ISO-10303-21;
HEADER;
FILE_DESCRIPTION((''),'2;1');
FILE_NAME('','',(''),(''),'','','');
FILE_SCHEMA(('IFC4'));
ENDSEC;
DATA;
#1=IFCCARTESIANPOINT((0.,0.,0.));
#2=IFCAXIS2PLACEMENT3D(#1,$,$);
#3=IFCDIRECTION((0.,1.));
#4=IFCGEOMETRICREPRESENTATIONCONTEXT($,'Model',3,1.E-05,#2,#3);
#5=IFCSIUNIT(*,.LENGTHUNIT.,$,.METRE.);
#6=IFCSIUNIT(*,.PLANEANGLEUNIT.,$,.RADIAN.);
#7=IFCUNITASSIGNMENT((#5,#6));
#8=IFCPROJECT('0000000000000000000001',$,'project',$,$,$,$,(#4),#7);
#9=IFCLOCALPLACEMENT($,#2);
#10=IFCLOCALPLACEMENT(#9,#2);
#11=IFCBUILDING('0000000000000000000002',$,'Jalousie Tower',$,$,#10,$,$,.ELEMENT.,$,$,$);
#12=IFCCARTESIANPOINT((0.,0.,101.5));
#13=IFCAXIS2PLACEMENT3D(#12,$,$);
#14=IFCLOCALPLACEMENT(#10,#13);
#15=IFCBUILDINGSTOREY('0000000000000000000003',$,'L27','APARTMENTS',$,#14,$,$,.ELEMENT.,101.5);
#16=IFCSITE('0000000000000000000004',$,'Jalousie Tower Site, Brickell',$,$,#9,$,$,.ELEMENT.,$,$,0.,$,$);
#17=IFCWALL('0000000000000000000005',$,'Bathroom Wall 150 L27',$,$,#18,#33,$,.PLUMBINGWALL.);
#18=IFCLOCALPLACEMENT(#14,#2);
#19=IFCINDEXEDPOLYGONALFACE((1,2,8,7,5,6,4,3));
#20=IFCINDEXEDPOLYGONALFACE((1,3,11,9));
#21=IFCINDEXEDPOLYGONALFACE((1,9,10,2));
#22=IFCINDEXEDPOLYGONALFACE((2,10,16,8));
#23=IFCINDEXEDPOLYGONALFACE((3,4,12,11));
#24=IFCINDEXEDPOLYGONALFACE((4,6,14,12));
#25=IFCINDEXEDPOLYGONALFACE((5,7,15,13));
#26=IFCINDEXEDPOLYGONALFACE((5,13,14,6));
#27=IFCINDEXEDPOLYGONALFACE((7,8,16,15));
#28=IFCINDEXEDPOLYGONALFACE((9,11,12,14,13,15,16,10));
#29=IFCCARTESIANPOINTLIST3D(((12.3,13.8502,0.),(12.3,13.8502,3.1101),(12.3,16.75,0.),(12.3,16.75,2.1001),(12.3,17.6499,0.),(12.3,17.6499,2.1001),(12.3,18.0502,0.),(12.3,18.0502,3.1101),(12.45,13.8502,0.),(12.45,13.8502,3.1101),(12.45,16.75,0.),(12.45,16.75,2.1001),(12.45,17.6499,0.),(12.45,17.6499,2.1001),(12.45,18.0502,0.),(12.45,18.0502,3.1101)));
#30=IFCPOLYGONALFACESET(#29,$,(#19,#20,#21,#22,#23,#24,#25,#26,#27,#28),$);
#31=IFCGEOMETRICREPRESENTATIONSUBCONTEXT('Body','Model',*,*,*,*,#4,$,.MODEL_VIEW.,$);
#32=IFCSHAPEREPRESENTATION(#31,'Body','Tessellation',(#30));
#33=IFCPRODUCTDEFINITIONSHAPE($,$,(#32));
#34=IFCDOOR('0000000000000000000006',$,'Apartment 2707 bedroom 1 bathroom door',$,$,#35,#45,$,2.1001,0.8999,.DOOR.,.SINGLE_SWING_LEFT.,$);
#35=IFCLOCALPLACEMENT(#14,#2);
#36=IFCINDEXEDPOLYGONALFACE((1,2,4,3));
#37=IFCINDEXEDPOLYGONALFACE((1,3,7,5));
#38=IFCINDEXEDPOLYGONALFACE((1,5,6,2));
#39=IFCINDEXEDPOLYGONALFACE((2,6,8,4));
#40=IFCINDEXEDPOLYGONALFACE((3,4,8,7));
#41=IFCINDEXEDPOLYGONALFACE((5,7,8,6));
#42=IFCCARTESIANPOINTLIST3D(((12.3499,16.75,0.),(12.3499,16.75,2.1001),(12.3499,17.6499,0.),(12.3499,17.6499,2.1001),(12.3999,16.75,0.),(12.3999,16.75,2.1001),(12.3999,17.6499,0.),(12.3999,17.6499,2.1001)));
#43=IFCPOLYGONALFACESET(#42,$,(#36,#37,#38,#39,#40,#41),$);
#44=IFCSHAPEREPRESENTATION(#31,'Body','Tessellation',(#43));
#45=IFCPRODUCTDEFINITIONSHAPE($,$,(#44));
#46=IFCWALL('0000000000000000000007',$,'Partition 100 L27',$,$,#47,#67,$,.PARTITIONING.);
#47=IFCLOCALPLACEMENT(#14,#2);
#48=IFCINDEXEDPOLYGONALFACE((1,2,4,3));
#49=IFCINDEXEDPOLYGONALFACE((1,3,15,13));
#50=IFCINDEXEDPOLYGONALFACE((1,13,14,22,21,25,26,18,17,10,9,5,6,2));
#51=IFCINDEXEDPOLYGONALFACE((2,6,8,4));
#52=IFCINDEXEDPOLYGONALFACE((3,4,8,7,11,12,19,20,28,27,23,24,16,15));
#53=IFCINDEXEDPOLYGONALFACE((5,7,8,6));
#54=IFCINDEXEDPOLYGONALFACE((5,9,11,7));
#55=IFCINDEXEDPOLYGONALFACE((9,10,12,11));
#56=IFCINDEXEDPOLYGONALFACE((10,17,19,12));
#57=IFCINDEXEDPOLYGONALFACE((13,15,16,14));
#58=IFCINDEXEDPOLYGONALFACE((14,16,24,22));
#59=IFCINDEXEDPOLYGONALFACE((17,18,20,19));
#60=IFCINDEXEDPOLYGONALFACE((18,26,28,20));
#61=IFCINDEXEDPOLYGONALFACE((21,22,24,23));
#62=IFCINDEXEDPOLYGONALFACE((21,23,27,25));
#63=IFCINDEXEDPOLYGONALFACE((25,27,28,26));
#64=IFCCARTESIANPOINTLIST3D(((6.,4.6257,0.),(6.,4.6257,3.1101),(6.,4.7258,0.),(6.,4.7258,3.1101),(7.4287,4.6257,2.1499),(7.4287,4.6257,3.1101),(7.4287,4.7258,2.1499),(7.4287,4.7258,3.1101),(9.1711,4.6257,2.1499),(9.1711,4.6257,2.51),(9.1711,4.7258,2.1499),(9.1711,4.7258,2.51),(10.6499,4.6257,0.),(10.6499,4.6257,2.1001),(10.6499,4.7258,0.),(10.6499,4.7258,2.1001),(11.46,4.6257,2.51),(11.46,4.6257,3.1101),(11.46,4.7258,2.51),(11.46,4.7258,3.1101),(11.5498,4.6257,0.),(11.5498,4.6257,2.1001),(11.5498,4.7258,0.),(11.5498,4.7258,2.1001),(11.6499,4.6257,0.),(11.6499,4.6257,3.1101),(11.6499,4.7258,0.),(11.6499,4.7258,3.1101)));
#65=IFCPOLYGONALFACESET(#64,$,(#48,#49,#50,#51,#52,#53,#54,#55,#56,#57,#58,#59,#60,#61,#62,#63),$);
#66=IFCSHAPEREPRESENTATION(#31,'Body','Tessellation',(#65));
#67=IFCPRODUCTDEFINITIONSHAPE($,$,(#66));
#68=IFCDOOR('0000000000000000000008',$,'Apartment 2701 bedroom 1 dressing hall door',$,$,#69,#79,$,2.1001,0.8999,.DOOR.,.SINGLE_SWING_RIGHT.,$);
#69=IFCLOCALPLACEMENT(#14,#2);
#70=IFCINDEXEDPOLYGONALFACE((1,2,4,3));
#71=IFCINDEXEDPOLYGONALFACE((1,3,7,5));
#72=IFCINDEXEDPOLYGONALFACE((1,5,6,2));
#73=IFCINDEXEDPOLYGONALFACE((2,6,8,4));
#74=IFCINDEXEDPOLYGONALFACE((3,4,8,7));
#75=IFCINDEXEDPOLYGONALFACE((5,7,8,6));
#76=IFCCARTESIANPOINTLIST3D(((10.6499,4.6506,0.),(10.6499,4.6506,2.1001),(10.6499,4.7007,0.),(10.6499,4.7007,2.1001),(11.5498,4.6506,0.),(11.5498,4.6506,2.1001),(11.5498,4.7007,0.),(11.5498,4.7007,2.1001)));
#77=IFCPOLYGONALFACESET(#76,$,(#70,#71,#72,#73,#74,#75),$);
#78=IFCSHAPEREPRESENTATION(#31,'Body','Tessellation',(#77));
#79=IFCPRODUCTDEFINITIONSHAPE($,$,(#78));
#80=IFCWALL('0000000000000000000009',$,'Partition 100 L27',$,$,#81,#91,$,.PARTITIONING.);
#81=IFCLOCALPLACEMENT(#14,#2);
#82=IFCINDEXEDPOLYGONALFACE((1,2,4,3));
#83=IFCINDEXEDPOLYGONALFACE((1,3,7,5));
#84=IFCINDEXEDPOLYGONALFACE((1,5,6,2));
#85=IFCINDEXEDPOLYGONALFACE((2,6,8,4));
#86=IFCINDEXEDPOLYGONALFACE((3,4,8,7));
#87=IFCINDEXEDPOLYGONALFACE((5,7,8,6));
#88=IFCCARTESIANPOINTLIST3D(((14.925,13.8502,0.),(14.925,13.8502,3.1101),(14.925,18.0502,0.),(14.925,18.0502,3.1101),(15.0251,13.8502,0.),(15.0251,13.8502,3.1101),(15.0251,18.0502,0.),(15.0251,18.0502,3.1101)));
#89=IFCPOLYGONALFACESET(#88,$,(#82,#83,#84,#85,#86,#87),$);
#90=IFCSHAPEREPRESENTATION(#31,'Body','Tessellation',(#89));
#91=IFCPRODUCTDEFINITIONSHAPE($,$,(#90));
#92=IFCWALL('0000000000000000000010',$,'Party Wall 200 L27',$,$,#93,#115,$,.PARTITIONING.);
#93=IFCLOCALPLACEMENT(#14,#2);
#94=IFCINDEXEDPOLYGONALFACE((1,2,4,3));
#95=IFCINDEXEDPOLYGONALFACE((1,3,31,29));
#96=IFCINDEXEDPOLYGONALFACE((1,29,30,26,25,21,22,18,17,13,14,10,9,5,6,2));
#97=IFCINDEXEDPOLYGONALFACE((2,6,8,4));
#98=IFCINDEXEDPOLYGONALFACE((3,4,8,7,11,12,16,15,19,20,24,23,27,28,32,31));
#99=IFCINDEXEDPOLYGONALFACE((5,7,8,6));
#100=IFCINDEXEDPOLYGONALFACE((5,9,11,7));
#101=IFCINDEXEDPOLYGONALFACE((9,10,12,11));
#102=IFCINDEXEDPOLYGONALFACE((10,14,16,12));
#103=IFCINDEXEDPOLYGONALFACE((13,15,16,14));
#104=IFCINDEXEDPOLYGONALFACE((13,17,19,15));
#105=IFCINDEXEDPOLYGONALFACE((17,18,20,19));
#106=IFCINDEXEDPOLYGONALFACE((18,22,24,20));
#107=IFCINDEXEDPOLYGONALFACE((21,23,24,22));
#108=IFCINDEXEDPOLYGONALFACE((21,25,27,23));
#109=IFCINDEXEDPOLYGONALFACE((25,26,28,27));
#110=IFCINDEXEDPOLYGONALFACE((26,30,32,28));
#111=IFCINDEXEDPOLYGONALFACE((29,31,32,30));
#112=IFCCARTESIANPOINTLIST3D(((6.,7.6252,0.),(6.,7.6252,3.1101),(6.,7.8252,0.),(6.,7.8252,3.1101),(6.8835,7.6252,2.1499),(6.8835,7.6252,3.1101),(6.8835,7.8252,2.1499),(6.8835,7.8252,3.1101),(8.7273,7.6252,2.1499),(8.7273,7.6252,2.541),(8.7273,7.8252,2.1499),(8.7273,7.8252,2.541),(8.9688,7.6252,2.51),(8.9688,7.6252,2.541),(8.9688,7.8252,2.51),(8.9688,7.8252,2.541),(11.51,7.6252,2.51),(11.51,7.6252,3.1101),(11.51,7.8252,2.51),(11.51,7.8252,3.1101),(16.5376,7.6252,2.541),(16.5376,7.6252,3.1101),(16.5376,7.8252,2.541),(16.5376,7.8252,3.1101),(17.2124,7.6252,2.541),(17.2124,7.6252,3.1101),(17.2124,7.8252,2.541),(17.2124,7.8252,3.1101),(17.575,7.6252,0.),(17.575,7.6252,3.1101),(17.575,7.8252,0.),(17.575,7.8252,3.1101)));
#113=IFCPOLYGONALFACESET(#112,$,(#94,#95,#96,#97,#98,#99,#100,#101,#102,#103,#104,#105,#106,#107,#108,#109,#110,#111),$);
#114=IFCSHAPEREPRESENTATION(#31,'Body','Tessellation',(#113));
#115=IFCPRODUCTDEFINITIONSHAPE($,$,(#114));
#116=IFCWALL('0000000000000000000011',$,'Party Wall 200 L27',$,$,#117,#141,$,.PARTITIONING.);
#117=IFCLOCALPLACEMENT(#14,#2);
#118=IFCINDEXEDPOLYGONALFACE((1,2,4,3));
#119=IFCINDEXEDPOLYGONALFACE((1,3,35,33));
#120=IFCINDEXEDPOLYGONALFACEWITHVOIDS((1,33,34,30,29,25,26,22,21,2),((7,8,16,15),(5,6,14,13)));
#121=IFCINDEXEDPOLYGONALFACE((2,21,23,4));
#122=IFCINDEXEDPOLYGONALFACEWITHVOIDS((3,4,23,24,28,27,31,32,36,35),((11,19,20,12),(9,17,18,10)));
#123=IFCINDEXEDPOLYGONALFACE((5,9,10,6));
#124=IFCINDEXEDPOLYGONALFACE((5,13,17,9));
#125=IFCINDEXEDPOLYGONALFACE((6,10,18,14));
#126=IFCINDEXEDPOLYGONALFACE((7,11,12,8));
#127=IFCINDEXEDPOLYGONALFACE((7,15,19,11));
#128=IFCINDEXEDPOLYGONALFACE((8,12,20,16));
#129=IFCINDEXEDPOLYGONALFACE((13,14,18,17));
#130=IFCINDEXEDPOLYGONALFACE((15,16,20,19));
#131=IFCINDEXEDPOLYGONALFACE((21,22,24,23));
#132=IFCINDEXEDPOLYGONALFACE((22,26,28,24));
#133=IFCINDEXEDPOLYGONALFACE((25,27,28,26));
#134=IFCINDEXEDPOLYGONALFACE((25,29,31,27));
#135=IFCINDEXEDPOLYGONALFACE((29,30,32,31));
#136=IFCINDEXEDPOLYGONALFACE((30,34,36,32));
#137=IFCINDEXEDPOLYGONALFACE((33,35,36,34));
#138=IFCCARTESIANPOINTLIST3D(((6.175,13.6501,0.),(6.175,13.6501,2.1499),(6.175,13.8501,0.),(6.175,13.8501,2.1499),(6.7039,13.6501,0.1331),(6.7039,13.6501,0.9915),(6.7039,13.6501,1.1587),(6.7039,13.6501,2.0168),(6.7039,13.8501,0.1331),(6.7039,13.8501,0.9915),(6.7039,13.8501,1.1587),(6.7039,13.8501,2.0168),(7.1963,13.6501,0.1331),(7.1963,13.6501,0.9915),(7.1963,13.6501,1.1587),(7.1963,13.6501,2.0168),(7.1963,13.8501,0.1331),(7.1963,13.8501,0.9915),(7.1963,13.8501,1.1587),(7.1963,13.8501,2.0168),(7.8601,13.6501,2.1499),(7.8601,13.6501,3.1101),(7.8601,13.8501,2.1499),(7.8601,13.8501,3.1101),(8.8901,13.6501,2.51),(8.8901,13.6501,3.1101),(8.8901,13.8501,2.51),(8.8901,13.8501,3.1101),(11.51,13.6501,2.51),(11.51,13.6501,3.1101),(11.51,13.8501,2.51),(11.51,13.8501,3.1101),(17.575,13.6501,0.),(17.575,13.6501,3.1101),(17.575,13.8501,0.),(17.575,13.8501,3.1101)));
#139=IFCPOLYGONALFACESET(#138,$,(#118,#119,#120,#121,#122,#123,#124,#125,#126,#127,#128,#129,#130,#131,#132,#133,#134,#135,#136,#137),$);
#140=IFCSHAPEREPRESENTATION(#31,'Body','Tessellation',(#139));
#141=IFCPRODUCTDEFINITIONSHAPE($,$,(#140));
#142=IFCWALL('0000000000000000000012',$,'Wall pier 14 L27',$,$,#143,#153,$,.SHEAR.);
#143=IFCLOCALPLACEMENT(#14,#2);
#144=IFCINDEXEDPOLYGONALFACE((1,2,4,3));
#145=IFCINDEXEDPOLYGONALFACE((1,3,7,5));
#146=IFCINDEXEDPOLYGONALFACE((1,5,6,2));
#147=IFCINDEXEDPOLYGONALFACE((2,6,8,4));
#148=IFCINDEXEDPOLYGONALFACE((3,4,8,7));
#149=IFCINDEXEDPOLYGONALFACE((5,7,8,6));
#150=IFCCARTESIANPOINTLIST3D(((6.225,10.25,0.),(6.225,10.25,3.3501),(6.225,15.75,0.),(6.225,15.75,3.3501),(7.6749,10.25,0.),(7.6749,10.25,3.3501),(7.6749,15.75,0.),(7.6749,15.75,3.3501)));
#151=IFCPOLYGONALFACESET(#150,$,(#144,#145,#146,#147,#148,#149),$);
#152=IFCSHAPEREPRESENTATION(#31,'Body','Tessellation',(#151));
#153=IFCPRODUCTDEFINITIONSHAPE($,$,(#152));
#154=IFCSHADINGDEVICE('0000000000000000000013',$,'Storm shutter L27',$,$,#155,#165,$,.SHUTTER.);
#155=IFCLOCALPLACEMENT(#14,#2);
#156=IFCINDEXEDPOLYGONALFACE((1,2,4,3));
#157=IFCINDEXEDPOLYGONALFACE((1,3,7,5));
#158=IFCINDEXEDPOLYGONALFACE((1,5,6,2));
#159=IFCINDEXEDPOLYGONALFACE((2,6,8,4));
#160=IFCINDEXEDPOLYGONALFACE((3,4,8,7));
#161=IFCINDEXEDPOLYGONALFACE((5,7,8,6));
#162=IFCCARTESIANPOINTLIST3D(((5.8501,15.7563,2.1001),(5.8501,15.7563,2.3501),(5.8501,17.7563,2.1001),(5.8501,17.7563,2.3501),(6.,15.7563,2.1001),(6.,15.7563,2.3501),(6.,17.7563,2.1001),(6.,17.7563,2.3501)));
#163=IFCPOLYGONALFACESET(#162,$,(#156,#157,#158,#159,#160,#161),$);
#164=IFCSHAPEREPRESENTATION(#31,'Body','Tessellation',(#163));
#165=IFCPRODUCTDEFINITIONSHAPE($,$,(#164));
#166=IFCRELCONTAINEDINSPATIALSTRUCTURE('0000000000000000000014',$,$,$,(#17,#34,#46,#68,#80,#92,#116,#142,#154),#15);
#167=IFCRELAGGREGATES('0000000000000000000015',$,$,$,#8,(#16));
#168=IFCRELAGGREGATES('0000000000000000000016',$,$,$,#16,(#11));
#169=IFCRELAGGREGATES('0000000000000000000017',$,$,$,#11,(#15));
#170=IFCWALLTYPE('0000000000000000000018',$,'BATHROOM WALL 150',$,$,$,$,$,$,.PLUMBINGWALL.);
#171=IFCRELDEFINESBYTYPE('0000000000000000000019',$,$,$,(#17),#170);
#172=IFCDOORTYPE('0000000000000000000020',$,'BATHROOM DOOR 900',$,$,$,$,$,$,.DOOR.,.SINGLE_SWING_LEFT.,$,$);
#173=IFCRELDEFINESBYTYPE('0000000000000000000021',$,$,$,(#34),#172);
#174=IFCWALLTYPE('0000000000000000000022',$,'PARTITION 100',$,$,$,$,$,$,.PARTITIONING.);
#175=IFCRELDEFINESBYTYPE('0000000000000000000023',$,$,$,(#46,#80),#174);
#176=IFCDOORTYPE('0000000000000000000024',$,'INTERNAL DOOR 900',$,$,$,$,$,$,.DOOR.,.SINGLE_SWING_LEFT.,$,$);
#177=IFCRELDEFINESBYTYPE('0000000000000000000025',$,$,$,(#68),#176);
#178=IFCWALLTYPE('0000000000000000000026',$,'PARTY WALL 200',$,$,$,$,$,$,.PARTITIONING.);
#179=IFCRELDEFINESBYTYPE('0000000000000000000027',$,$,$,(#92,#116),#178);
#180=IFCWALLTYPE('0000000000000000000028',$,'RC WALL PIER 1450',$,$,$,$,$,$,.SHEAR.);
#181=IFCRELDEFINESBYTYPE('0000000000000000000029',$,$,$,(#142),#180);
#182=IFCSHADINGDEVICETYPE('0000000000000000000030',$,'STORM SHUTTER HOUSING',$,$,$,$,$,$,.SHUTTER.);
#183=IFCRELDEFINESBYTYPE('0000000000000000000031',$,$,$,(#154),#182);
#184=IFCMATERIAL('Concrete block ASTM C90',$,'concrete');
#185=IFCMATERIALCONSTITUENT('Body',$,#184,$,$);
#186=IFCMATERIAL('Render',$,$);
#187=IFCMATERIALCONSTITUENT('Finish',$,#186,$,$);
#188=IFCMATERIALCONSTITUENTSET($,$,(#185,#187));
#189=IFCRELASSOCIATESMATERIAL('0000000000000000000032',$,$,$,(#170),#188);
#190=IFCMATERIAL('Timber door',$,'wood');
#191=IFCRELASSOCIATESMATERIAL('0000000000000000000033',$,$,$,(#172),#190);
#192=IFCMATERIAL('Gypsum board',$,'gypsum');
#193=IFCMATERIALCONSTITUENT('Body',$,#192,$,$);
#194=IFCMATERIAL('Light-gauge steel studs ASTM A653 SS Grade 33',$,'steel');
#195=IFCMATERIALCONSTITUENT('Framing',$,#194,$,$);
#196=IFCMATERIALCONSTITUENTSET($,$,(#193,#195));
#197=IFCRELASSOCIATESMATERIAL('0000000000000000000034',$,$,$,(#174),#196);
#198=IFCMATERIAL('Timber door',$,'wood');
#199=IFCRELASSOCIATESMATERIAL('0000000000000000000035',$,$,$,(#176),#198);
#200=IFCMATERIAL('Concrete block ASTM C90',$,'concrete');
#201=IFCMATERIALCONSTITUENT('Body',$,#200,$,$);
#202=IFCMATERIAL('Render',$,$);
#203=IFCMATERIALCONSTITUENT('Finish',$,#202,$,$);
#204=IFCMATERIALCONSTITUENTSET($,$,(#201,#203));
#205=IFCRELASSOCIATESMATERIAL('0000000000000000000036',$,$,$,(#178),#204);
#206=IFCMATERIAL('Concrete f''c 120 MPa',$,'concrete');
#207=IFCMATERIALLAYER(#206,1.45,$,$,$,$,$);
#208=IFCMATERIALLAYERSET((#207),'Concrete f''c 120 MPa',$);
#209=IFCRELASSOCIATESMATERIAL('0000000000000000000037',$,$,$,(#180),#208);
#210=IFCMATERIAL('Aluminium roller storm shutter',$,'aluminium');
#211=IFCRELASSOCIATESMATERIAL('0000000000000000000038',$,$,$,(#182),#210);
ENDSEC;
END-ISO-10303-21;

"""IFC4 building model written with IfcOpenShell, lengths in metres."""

from ifc_helpers import new_model, si_unit, direction, frame, frame_2d, origin, origin_2d, place, context, subcontext, project, spatial, polyline, rectangle, outline, extrude, material, layer, layer_set, constituent, constituent_set, type_object, element, fill, save


model = new_model("IFC4")

# Units and contexts
model_context = context("Model", 3, precision=1e-05, world=origin(), true_north=direction((0.0, 1.0)))
body_context = subcontext(model_context, "Body", "Model", "MODEL_VIEW")
ifc_project = project(units=[si_unit("LENGTHUNIT", "METRE"), si_unit("PLANEANGLEUNIT", "RADIAN")], contexts=[model_context])

# Site, building, storey
site_placement = place(None, origin())
site = spatial("IfcSite", under=ifc_project, at=site_placement, Name="Jalousie Tower Site, Brickell", CompositionType="ELEMENT", RefElevation=0.0)
building_placement = place(site_placement, origin())
building = spatial("IfcBuilding", under=site, at=building_placement, Name="Jalousie Tower", CompositionType="ELEMENT")
storey_placement = place(building_placement, frame((0.0, 0.0, 101.5)))
storey = spatial("IfcBuildingStorey", under=building, at=storey_placement, Name="L27", Description="APARTMENTS", CompositionType="ELEMENT", Elevation=101.5)

# Walls, openings, doors
ifc_material_1 = material(Name="Concrete block ASTM C90", Category="concrete")
ifc_constituent_1 = constituent(ifc_material_1, Name="Body")
ifc_material_2 = material(Name="Render")
ifc_constituent_2 = constituent(ifc_material_2, Name="Finish")
ifc_constituent_set_1 = constituent_set(constituents=[ifc_constituent_1, ifc_constituent_2])
wall_type_1 = type_object("IfcWallType", Name="BATHROOM WALL 150", PredefinedType="PLUMBINGWALL", material=ifc_constituent_set_1)
ifc_material_3 = material(Name="Timber door", Category="wood")
door_type_1 = type_object("IfcDoorType", Name="BATHROOM DOOR 900", OperationType="SINGLE_SWING_LEFT", PredefinedType="DOOR", material=ifc_material_3)
wall_1_placement = place(storey_placement, frame((12.375, 13.8501, 0.0), z_axis=(0.0, 0.0, 1.0), x_axis=(0.0, 1.0, 0.0)))
wall_1 = element("IfcWall", 1, at=wall_1_placement, inside=storey, type_object=wall_type_1, Name="Bathroom Wall 150 L27", PredefinedType="PLUMBINGWALL", context=body_context, shape_type="SweptSolid", body=[
    extrude(rectangle(XDim=4.2, YDim=0.1499, at=frame_2d((2.1001, 0.0))), origin(), (0.0, 0.0, 1.0), 3.1101),
])
opening_1_placement = place(wall_1_placement, frame((2.8999, 0.0, 0.0)))
opening_1 = element("IfcOpeningElement", 2, at=opening_1_placement, cuts=wall_1, PredefinedType="OPENING", context=body_context, shape_type="SweptSolid", body=[
    extrude(rectangle(XDim=0.8999, YDim=2.1001, at=frame_2d((0.45, 1.05))), frame((0.0, 0.085, 0.0), z_axis=(0.0, -1.0, 0.0), x_axis=(1.0, 0.0, 0.0)), (0.0, 0.0, 1.0), 0.1699),
])
door_1_placement = place(opening_1_placement, frame((0.8999, 0.0, 0.0), z_axis=(0.0, 0.0, 1.0), x_axis=(-1.0, 0.0, 0.0)))
door_1 = element("IfcDoor", 3, at=door_1_placement, inside=storey, type_object=door_type_1, Name="Apartment 2707 bedroom 1 bathroom door", OperationType="SINGLE_SWING_LEFT", OverallHeight=2.1001, OverallWidth=0.8999, PredefinedType="DOOR", context=body_context, shape_type="SweptSolid", body=[
    extrude(rectangle(XDim=0.8999, YDim=2.1001, at=frame_2d((0.45, 1.05))), frame((0.0, 0.0249, 0.0), z_axis=(0.0, -1.0, 0.0), x_axis=(1.0, 0.0, 0.0)), (0.0, 0.0, 1.0), 0.05),
])
fill(opening_1, door_1)
ifc_material_4 = material(Name="Gypsum board", Category="gypsum")
ifc_constituent_3 = constituent(ifc_material_4, Name="Body")
ifc_material_5 = material(Name="Light-gauge steel studs ASTM A653 SS Grade 33", Category="steel")
ifc_constituent_4 = constituent(ifc_material_5, Name="Framing")
ifc_constituent_set_2 = constituent_set(constituents=[ifc_constituent_3, ifc_constituent_4])
wall_type_2 = type_object("IfcWallType", Name="PARTITION 100", PredefinedType="PARTITIONING", material=ifc_constituent_set_2)
wall_2_placement = place(storey_placement, frame((6.0, 4.6758, 0.0), z_axis=(0.0, 0.0, 1.0), x_axis=(1.0, 0.0, 0.0)))
wall_2 = element("IfcWall", 4, at=wall_2_placement, inside=storey, type_object=wall_type_2, Name="Partition 100 L27", PredefinedType="PARTITIONING", context=body_context, shape_type="SweptSolid", body=[
    extrude(outline(polyline([(0.0, 0.0), (5.6499, 0.0), (5.6499, 3.1101), (5.46, 3.1101), (5.46, 2.51), (3.1711, 2.51), (3.1711, 2.1499), (1.4287, 2.1499), (1.4287, 3.1101), (0.0, 3.1101), (0.0, 0.0)])), frame((0.0, 0.05, 0.0), z_axis=(0.0, -1.0, 0.0), x_axis=(1.0, 0.0, 0.0)), (0.0, 0.0, 1.0), 0.1001),
])
opening_2_placement = place(wall_2_placement, frame((4.6499, 0.0, 0.0)))
opening_2 = element("IfcOpeningElement", 5, at=opening_2_placement, cuts=wall_2, PredefinedType="OPENING", context=body_context, shape_type="SweptSolid", body=[
    extrude(rectangle(XDim=0.8999, YDim=2.1001, at=frame_2d((0.45, 1.05))), frame((0.0, 0.0601, 0.0), z_axis=(0.0, -1.0, 0.0), x_axis=(1.0, 0.0, 0.0)), (0.0, 0.0, 1.0), 0.1201),
])
ifc_material_6 = material(Name="Timber door", Category="wood")
door_type_2 = type_object("IfcDoorType", Name="INTERNAL DOOR 900", OperationType="SINGLE_SWING_LEFT", PredefinedType="DOOR", material=ifc_material_6)
door_2_placement = place(opening_2_placement, origin())
door_2 = element("IfcDoor", 6, at=door_2_placement, inside=storey, type_object=door_type_2, Name="Apartment 2701 bedroom 1 dressing hall door", OperationType="SINGLE_SWING_RIGHT", OverallHeight=2.1001, OverallWidth=0.8999, PredefinedType="DOOR", context=body_context, shape_type="SweptSolid", body=[
    extrude(rectangle(XDim=0.8999, YDim=2.1001, at=frame_2d((0.45, 1.05))), frame((0.0, 0.0249, 0.0), z_axis=(0.0, -1.0, 0.0), x_axis=(1.0, 0.0, 0.0)), (0.0, 0.0, 1.0), 0.05),
])
fill(opening_2, door_2)

# Walls
wall_3_placement = place(storey_placement, frame((14.9751, 13.8501, 0.0), z_axis=(0.0, 0.0, 1.0), x_axis=(0.0, 1.0, 0.0)))
element("IfcWall", 7, at=wall_3_placement, inside=storey, type_object=wall_type_2, Name="Partition 100 L27", PredefinedType="PARTITIONING", context=body_context, shape_type="SweptSolid", body=[
    extrude(rectangle(XDim=4.2, YDim=0.1001, at=frame_2d((2.1001, 0.0))), origin(), (0.0, 0.0, 1.0), 3.1101),
])
ifc_material_7 = material(Name="Concrete block ASTM C90", Category="concrete")
ifc_constituent_5 = constituent(ifc_material_7, Name="Body")
ifc_material_8 = material(Name="Render")
ifc_constituent_6 = constituent(ifc_material_8, Name="Finish")
ifc_constituent_set_3 = constituent_set(constituents=[ifc_constituent_5, ifc_constituent_6])
wall_type_3 = type_object("IfcWallType", Name="PARTY WALL 200", PredefinedType="PARTITIONING", material=ifc_constituent_set_3)
wall_4_placement = place(storey_placement, frame((6.0, 7.7251, 0.0), z_axis=(0.0, 0.0, 1.0), x_axis=(1.0, 0.0, 0.0)))
element("IfcWall", 8, at=wall_4_placement, inside=storey, type_object=wall_type_3, Name="Party Wall 200 L27", PredefinedType="PARTITIONING", context=body_context, shape_type="SweptSolid", body=[
    extrude(outline(polyline([(0.0, 0.0), (11.575, 0.0), (11.575, 3.1101), (11.2124, 3.1101), (11.2124, 2.541), (10.5376, 2.541), (10.5376, 3.1101), (5.51, 3.1101), (5.51, 2.51), (2.9688, 2.51), (2.9688, 2.541), (2.7273, 2.541), (2.7273, 2.1499), (0.8835, 2.1499), (0.8835, 3.1101), (0.0, 3.1101), (0.0, 0.0)])), frame((0.0, 0.1001, 0.0), z_axis=(0.0, -1.0, 0.0), x_axis=(1.0, 0.0, 0.0)), (0.0, 0.0, 1.0), 0.2),
])
wall_5_placement = place(storey_placement, frame((6.175, 13.75, 0.0), z_axis=(0.0, 0.0, 1.0), x_axis=(1.0, 0.0, 0.0)))
element("IfcWall", 9, at=wall_5_placement, inside=storey, type_object=wall_type_3, Name="Party Wall 200 L27", PredefinedType="PARTITIONING", context=body_context, shape_type="SweptSolid", body=[
    extrude(outline(polyline([(1.6851, 2.1499), (0.0, 2.1499), (0.0, 0.0), (11.3999, 0.0), (11.3999, 3.1101), (5.335, 3.1101), (5.335, 2.51), (2.7151, 2.51), (2.7151, 3.1101), (1.6851, 3.1101), (1.6851, 2.1499)]), holes=[polyline([(1.0212, 0.1331), (0.5288, 0.1331), (0.5288, 0.9915), (1.0212, 0.9915), (1.0212, 0.1331)]), polyline([(1.0212, 1.1587), (0.5288, 1.1587), (0.5288, 2.0168), (1.0212, 2.0168), (1.0212, 1.1587)])]), frame((0.0, 0.1001, 0.0), z_axis=(0.0, -1.0, 0.0), x_axis=(1.0, 0.0, 0.0)), (0.0, 0.0, 1.0), 0.2),
])
ifc_material_9 = material(Name="Concrete f'c 120 MPa", Category="concrete")
ifc_layer_1 = layer(ifc_material_9, 1.45)
ifc_layer_set_1 = layer_set([ifc_layer_1], Name="Concrete f'c 120 MPa")
wall_type_4 = type_object("IfcWallType", Name="RC WALL PIER 1450", PredefinedType="SHEAR", material=ifc_layer_set_1)
wall_6_placement = place(storey_placement, frame((6.95, 10.25, 0.0), z_axis=(0.0, 0.0, 1.0), x_axis=(0.0, 1.0, 0.0)))
element("IfcWall", 10, at=wall_6_placement, inside=storey, type_object=wall_type_4, Name="Wall pier 14 L27", PredefinedType="SHEAR", context=body_context, shape_type="SweptSolid", body=[
    extrude(rectangle(XDim=5.5, YDim=1.45, at=frame_2d((2.75, 0.0))), origin(), (0.0, 0.0, 1.0), 3.3501),
])

# Shading device
ifc_material_10 = material(Name="Aluminium roller storm shutter", Category="aluminium")
shading_device_type = type_object("IfcShadingDeviceType", Name="STORM SHUTTER HOUSING", PredefinedType="SHUTTER", material=ifc_material_10)
for number, where, z_axis, x_axis, name in (
    (11, (5.925, 16.7563, 2.1001), (0.0, 0.0, 1.0), (0.0, -1.0, 0.0), "Storm shutter L27"),
):
    element("IfcShadingDevice", number, at=place(storey_placement, frame(where, z_axis=z_axis, x_axis=x_axis)), inside=storey, type_object=shading_device_type, Name=name, PredefinedType="SHUTTER", context=body_context, shape_type="SweptSolid", body=[
        extrude(rectangle(XDim=2.0, YDim=0.1499, at=origin_2d()), origin(), (0.0, 0.0, 1.0), 0.25),
    ])

save(model, "model.ifc")
